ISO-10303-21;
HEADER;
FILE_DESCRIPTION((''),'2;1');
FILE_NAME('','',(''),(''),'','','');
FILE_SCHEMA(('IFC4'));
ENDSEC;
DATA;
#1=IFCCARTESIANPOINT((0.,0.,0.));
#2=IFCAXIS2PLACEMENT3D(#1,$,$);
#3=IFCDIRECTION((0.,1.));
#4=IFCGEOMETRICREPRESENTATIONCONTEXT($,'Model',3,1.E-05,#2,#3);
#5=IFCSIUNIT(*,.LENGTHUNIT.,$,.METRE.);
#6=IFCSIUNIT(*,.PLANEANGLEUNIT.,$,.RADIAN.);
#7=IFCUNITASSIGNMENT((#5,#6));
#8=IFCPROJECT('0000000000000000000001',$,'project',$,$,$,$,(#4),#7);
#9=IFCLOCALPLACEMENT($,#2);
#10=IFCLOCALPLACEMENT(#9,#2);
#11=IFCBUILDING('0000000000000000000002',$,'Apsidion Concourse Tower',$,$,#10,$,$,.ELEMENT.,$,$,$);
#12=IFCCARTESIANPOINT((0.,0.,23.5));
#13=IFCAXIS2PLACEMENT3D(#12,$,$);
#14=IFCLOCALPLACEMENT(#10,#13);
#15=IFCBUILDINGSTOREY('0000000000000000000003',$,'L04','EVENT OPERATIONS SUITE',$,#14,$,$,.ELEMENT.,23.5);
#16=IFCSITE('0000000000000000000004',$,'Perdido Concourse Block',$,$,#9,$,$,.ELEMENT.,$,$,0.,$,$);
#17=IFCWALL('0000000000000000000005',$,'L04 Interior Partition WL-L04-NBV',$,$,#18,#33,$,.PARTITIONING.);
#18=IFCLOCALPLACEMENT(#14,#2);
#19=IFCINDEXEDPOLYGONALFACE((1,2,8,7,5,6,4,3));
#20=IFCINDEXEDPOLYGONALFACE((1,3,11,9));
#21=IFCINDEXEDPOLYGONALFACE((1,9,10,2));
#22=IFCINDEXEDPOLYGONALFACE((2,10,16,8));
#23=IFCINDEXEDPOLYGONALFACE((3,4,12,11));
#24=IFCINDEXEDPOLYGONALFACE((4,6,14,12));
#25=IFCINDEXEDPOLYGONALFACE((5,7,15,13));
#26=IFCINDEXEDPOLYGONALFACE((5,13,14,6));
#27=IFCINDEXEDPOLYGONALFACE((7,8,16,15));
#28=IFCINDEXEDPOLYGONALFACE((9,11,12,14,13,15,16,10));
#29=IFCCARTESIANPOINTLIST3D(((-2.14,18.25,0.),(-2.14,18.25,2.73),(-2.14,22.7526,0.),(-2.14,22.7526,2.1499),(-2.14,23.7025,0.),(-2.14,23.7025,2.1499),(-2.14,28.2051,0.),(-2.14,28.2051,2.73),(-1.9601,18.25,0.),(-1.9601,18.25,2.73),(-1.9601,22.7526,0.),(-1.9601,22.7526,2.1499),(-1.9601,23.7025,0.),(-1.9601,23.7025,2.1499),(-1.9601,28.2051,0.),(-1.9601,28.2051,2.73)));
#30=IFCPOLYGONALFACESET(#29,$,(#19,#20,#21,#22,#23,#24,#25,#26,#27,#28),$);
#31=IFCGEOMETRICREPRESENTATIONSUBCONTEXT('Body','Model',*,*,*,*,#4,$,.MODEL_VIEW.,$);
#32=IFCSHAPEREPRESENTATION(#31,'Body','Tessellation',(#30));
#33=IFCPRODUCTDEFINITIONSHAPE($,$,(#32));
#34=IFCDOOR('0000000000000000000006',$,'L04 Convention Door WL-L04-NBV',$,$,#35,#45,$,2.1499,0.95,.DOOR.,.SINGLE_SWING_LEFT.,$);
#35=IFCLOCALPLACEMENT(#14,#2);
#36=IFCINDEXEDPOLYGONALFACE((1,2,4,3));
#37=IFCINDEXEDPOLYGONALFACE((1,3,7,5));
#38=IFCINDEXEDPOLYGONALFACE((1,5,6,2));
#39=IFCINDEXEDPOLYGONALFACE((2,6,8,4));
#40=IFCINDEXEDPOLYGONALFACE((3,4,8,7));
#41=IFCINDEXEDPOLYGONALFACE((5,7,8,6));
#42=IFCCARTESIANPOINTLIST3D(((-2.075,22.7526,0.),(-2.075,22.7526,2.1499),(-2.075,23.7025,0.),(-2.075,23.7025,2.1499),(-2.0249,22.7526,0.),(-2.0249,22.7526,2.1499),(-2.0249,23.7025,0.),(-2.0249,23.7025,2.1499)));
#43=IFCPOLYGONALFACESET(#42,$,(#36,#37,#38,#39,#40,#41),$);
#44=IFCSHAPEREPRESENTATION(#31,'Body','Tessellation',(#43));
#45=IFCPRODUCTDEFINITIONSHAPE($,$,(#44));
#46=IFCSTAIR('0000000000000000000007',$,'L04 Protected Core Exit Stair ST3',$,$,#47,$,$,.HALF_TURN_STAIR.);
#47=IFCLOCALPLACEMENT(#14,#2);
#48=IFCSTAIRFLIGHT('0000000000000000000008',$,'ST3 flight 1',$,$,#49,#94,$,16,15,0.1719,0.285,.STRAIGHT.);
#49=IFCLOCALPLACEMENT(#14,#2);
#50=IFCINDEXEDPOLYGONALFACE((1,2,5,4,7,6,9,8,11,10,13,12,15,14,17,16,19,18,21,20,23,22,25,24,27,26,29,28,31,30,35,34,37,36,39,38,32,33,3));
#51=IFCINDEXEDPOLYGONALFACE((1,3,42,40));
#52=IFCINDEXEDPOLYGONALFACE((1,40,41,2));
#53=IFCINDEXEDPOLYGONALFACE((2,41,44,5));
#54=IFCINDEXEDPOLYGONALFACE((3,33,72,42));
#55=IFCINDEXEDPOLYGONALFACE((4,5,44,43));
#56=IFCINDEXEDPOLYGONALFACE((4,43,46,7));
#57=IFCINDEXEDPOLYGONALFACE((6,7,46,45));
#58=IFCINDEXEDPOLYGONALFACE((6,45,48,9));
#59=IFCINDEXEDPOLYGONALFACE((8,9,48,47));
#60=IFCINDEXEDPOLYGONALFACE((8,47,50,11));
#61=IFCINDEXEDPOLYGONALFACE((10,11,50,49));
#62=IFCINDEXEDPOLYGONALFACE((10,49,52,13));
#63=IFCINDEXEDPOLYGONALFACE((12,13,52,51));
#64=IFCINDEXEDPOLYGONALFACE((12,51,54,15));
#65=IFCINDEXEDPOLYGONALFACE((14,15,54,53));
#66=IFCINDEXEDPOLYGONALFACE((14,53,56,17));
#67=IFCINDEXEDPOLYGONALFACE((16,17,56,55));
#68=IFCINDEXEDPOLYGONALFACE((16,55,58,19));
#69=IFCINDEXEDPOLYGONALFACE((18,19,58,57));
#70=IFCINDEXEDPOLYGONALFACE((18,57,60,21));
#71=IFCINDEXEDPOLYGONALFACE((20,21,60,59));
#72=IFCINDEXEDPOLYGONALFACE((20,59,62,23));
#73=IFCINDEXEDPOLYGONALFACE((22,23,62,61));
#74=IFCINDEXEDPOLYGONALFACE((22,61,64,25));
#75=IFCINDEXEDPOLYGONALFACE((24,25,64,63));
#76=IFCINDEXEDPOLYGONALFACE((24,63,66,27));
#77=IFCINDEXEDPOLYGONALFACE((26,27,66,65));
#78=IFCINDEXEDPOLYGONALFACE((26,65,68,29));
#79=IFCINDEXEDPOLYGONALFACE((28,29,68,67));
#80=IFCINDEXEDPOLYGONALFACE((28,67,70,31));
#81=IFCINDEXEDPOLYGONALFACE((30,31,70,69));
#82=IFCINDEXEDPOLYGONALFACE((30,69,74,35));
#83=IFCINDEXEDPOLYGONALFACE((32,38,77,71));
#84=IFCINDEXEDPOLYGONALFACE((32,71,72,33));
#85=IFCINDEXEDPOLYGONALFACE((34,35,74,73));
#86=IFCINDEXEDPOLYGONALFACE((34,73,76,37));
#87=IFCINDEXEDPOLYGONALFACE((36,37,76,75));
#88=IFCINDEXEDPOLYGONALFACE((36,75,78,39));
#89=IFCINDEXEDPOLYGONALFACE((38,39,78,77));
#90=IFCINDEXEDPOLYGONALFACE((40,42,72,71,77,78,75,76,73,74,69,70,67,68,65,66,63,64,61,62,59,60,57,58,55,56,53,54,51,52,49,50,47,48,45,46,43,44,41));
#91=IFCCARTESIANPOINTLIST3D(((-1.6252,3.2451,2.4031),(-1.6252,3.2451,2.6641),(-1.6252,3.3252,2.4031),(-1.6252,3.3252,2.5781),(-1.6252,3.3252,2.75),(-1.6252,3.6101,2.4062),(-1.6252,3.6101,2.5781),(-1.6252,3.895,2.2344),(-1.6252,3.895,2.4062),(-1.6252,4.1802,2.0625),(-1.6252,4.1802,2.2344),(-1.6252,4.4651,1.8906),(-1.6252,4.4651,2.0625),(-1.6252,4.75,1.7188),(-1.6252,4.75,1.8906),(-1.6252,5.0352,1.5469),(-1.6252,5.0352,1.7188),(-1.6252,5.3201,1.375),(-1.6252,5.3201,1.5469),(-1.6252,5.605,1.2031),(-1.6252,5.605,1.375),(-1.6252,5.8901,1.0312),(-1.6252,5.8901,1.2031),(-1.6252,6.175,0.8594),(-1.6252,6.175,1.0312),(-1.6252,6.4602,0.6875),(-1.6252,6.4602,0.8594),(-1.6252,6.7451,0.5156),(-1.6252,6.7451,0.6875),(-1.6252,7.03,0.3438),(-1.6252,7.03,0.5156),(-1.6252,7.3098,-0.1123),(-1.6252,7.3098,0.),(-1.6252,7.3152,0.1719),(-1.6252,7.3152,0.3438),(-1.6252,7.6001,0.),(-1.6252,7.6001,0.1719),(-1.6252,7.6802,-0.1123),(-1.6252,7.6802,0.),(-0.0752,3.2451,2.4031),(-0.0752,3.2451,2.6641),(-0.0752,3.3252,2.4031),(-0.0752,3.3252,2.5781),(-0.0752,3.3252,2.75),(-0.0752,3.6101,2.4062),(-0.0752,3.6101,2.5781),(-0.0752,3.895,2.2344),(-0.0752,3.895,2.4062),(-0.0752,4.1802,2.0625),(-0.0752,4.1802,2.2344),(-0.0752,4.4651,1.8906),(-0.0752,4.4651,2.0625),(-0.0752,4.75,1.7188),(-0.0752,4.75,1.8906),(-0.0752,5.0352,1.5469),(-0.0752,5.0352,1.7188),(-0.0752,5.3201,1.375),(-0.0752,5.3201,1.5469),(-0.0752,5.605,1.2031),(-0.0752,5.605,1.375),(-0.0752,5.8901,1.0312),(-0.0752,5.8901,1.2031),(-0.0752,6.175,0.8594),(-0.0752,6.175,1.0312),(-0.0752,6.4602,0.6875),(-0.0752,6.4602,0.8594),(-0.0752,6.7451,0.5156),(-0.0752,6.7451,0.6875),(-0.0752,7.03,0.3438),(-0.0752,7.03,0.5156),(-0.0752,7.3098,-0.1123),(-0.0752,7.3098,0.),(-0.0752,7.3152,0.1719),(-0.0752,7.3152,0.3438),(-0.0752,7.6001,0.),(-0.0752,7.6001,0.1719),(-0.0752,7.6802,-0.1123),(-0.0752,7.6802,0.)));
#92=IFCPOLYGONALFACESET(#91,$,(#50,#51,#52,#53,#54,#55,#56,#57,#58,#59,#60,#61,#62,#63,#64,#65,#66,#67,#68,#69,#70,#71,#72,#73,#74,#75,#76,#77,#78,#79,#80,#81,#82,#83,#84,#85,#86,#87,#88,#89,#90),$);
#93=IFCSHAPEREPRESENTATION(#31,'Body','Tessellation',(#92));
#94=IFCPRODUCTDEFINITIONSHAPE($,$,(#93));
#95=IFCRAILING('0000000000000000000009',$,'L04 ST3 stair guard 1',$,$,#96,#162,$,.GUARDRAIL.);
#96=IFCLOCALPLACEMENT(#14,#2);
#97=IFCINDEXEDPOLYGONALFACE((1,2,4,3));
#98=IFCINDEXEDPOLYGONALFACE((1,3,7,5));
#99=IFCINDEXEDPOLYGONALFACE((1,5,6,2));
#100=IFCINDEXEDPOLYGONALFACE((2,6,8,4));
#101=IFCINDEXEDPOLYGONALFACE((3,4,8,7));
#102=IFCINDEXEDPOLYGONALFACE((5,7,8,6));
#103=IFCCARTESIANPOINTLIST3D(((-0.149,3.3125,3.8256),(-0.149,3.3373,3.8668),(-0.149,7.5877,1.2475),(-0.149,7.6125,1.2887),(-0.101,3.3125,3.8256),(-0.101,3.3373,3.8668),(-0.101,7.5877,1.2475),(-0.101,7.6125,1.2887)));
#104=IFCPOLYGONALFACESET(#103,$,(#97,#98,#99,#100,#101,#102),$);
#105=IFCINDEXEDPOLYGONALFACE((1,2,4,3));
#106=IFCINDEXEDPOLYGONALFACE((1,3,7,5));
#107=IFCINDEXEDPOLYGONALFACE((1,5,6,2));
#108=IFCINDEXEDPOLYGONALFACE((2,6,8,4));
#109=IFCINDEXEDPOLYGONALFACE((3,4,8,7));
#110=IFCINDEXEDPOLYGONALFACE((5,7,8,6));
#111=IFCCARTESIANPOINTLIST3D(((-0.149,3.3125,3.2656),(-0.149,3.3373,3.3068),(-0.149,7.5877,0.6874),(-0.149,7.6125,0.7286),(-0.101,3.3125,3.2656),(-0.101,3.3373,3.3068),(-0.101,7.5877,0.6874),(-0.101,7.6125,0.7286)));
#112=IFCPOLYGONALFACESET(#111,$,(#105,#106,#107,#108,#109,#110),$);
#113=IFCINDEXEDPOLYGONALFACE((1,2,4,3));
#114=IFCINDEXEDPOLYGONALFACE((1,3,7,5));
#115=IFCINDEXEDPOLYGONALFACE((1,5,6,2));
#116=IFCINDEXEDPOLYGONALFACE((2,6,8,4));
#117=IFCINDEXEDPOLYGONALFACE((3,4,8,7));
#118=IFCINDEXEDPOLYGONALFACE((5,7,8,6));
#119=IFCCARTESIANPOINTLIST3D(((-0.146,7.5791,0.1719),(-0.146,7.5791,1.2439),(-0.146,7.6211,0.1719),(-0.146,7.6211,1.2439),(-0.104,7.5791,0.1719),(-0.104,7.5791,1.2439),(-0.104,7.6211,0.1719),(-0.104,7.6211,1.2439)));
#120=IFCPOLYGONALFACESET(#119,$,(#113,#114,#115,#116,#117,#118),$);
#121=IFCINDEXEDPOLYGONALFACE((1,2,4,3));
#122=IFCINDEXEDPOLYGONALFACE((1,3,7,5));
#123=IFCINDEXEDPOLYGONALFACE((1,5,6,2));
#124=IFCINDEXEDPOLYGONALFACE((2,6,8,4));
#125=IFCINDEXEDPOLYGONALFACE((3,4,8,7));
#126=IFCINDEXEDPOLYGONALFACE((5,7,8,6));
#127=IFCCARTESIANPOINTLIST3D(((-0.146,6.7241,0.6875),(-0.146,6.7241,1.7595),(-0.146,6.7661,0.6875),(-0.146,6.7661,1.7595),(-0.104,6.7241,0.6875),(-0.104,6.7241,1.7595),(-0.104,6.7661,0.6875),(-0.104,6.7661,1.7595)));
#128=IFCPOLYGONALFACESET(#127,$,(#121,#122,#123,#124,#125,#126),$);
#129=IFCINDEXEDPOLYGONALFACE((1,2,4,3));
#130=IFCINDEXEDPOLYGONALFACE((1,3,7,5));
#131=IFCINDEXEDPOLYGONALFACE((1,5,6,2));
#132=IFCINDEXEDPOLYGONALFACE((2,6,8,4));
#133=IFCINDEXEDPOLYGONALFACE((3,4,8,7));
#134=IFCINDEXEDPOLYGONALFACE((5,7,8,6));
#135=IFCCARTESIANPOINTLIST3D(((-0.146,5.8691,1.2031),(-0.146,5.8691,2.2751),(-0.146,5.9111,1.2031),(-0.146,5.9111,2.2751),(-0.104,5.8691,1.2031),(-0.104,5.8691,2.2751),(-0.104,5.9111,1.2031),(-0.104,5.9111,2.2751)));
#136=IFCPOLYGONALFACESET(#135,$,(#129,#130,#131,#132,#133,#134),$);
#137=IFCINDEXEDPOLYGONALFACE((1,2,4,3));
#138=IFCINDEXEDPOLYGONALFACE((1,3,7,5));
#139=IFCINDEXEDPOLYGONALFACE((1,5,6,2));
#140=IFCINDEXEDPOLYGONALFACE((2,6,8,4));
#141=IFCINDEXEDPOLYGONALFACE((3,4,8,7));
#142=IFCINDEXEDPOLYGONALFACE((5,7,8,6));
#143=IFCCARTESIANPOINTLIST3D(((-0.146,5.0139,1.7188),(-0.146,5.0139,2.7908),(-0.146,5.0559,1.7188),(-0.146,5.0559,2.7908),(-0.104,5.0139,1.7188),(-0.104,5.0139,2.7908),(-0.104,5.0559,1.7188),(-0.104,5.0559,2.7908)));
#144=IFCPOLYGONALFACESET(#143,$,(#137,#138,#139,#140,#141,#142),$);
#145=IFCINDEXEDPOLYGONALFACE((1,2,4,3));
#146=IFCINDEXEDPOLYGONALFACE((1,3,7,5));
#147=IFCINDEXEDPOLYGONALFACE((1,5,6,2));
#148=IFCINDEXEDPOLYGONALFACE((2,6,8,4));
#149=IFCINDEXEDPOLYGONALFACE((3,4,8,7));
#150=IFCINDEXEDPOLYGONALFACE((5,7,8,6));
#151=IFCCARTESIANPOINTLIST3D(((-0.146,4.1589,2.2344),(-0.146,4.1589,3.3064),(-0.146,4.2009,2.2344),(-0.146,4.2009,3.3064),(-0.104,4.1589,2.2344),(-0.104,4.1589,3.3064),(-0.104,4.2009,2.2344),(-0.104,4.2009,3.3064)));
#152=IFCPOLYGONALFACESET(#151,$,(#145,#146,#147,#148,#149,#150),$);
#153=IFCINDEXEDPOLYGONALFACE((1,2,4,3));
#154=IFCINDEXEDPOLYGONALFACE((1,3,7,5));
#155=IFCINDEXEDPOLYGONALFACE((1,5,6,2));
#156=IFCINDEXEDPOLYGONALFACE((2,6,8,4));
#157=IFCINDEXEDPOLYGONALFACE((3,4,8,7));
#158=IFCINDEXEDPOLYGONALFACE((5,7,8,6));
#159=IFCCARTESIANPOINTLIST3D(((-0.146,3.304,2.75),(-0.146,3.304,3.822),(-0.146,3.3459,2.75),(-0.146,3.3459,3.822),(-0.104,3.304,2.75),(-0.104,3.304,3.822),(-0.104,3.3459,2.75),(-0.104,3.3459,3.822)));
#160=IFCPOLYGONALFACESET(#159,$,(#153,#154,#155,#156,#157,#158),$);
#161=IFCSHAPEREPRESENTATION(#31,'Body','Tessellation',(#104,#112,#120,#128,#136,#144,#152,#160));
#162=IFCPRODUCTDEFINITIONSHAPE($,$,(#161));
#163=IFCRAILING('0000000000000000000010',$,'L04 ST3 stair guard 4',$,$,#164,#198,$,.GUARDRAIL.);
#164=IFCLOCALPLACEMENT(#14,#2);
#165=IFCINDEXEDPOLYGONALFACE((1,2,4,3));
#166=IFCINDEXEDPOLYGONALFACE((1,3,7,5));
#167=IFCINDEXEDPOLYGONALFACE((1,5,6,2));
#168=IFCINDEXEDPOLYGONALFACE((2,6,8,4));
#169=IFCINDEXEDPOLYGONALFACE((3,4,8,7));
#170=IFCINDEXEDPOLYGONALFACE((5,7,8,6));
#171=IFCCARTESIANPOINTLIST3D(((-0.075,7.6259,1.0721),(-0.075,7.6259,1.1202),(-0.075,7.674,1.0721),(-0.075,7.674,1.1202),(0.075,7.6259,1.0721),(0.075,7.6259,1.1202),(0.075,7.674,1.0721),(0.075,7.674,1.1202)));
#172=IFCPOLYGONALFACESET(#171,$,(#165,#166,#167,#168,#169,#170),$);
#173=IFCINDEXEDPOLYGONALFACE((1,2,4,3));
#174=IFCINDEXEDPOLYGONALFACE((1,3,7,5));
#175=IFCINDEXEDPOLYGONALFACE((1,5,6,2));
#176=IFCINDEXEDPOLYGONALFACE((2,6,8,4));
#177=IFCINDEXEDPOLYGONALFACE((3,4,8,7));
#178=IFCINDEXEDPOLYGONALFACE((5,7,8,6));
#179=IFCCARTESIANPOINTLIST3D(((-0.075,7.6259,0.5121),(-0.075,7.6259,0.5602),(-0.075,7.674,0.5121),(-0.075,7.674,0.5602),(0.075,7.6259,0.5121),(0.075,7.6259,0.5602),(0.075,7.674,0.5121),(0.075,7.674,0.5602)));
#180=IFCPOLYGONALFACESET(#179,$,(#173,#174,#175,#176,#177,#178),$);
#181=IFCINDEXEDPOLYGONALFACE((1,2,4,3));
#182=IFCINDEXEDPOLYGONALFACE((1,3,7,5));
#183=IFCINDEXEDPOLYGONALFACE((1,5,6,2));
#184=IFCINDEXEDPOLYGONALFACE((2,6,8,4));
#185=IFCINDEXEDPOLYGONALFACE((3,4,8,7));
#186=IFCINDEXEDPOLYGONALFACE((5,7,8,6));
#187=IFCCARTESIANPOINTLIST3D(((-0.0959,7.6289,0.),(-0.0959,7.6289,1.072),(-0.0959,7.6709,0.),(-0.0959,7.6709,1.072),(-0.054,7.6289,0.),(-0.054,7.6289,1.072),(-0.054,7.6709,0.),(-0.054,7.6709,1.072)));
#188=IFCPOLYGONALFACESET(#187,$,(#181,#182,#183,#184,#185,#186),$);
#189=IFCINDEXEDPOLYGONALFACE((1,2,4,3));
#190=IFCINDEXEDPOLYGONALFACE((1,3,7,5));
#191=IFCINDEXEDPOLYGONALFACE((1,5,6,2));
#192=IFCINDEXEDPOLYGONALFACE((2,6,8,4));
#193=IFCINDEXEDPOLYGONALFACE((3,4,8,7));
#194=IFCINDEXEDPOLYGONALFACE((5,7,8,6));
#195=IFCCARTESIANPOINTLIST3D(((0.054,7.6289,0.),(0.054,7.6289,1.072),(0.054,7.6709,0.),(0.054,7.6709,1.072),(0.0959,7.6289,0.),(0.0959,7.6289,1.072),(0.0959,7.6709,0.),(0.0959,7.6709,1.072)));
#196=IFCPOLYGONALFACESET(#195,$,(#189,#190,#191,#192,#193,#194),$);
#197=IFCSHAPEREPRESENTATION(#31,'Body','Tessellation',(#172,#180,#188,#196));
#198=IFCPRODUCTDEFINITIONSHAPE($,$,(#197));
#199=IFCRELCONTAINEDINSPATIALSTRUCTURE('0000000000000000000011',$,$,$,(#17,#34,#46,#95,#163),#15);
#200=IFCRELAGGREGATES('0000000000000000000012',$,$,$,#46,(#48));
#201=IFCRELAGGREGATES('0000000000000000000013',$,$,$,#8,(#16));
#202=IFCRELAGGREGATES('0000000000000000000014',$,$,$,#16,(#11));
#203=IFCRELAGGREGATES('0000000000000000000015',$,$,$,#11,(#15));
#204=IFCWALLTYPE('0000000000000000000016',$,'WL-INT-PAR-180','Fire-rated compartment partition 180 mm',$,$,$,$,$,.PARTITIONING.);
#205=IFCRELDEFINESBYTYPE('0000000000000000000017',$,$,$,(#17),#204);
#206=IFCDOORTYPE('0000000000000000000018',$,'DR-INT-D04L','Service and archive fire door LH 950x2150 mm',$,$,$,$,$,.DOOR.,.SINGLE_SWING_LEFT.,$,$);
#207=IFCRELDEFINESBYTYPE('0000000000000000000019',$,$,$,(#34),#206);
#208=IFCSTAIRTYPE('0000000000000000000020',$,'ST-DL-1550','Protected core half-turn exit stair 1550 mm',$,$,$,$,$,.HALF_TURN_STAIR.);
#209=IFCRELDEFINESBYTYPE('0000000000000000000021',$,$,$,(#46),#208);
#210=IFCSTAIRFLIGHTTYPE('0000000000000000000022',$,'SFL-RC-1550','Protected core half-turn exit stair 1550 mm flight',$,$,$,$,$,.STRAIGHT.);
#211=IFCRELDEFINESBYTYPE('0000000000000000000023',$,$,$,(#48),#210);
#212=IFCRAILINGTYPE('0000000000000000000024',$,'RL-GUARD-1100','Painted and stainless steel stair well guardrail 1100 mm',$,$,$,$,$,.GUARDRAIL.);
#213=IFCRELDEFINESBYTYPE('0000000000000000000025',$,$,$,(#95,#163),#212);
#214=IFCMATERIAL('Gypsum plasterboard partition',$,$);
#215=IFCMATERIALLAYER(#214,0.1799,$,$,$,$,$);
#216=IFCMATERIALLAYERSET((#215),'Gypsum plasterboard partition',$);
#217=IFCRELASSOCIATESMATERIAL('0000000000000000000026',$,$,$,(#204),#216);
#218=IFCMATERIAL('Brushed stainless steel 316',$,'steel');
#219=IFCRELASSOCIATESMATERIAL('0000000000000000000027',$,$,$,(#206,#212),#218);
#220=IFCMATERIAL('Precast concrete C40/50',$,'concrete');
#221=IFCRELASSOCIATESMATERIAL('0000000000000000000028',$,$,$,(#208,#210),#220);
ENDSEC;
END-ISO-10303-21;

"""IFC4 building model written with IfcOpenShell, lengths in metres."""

from ifc_helpers import new_model, si_unit, direction, frame, frame_2d, origin, origin_2d, place, context, subcontext, project, spatial, polyline, rectangle, outline, extrude, material, layer, layer_set, type_object, element, fill, aggregate, save


model = new_model("IFC4")

# Units and contexts
model_context = context("Model", 3, precision=1e-05, world=origin(), true_north=direction((0.0, 1.0)))
body_context = subcontext(model_context, "Body", "Model", "MODEL_VIEW")
ifc_project = project(units=[si_unit("LENGTHUNIT", "METRE"), si_unit("PLANEANGLEUNIT", "RADIAN")], contexts=[model_context])

# Site, building, storey
site_placement = place(None, origin())
site = spatial("IfcSite", under=ifc_project, at=site_placement, Name="Perdido Concourse Block", CompositionType="ELEMENT", RefElevation=0.0)
building_placement = place(site_placement, origin())
building = spatial("IfcBuilding", under=site, at=building_placement, Name="Apsidion Concourse Tower", CompositionType="ELEMENT")
storey_placement = place(building_placement, frame((0.0, 0.0, 23.5)))
storey = spatial("IfcBuildingStorey", under=building, at=storey_placement, Name="L04", Description="EVENT OPERATIONS SUITE", CompositionType="ELEMENT", Elevation=23.5)

# Wall, opening, door
ifc_material_1 = material(Name="Gypsum plasterboard partition")
ifc_layer_1 = layer(ifc_material_1, 0.1799)
ifc_layer_set_1 = layer_set([ifc_layer_1], Name="Gypsum plasterboard partition")
wall_type_1 = type_object("IfcWallType", Name="WL-INT-PAR-180", Description="Fire-rated compartment partition 180 mm", PredefinedType="PARTITIONING", material=ifc_layer_set_1)
wall_1_placement = place(storey_placement, frame((-2.05, 18.25, 0.0), z_axis=(0.0, 0.0, 1.0), x_axis=(0.0, 1.0, 0.0)))
wall_1 = element("IfcWall", 1, at=wall_1_placement, inside=storey, type_object=wall_type_1, Name="L04 Interior Partition WL-L04-NBV", PredefinedType="PARTITIONING", context=body_context, shape_type="SweptSolid", body=[
    extrude(rectangle(XDim=9.9551, YDim=0.1799, at=frame_2d((4.9775, 0.0))), origin(), (0.0, 0.0, 1.0), 2.73),
])
opening_1_placement = place(wall_1_placement, frame((4.5024, 0.0, 0.0)))
opening_1 = element("IfcOpeningElement", 2, at=opening_1_placement, cuts=wall_1, PredefinedType="OPENING", context=body_context, shape_type="SweptSolid", body=[
    extrude(rectangle(XDim=0.95, YDim=2.1499, at=frame_2d((0.4751, 1.075))), frame((0.0, 0.1001, 0.0), z_axis=(0.0, -1.0, 0.0), x_axis=(1.0, 0.0, 0.0)), (0.0, 0.0, 1.0), 0.2),
])
ifc_material_2 = material(Name="Brushed stainless steel 316", Category="steel")
door_type_1 = type_object("IfcDoorType", Name="DR-INT-D04L", Description="Service and archive fire door LH 950x2150 mm", OperationType="SINGLE_SWING_LEFT", PredefinedType="DOOR", material=ifc_material_2)
door_1_placement = place(opening_1_placement, origin())
door_1 = element("IfcDoor", 3, at=door_1_placement, inside=storey, type_object=door_type_1, Name="L04 Convention Door WL-L04-NBV", OperationType="SINGLE_SWING_LEFT", OverallHeight=2.1499, OverallWidth=0.95, PredefinedType="DOOR", context=body_context, shape_type="SweptSolid", body=[
    extrude(rectangle(XDim=0.95, YDim=2.1499, at=frame_2d((0.4751, 1.075))), frame((0.0, 0.0249, 0.0), z_axis=(0.0, -1.0, 0.0), x_axis=(1.0, 0.0, 0.0)), (0.0, 0.0, 1.0), 0.05),
])
fill(opening_1, door_1)

# Stair, stair flight
ifc_material_3 = material(Name="Precast concrete C40/50", Category="concrete")
stair_type = type_object("IfcStairType", Name="ST-DL-1550", Description="Protected core half-turn exit stair 1550 mm", PredefinedType="HALF_TURN_STAIR", material=ifc_material_3)
stair_placement = place(storey_placement, origin())
stair = element("IfcStair", 4, at=stair_placement, inside=storey, type_object=stair_type, Name="L04 Protected Core Exit Stair ST3", PredefinedType="HALF_TURN_STAIR")
stair_flight_type = type_object("IfcStairFlightType", Name="SFL-RC-1550", Description="Protected core half-turn exit stair 1550 mm flight", PredefinedType="STRAIGHT", material=ifc_material_3)
stair_flight_placement = place(storey_placement, frame((-0.8501, 7.6001, 0.0), z_axis=(0.0, 0.0, 1.0), x_axis=(0.0, -1.0, 0.0)))
stair_flight = element("IfcStairFlight", 5, at=stair_flight_placement, type_object=stair_flight_type, Name="ST3 flight 1", NumberOfRisers=16, NumberOfTreads=15, PredefinedType="STRAIGHT", RiserHeight=0.1719, TreadLength=0.285, context=body_context, shape_type="SweptSolid", body=[
    extrude(outline(polyline([(-0.0801, -0.1123), (-0.0801, 0.0), (0.0, 0.0), (0.0, 0.1719), (0.2849, 0.1719), (0.2849, 0.3438), (0.5701, 0.3438), (0.5701, 0.5156), (0.855, 0.5156), (0.855, 0.6875), (1.1399, 0.6875), (1.1399, 0.8594), (1.425, 0.8594), (1.425, 1.0312), (1.71, 1.0312), (1.71, 1.2031), (1.9951, 1.2031), (1.9951, 1.375), (2.28, 1.375), (2.28, 1.5469), (2.5649, 1.5469), (2.5649, 1.7188), (2.8501, 1.7188), (2.8501, 1.8906), (3.135, 1.8906), (3.135, 2.0625), (3.4199, 2.0625), (3.4199, 2.2344), (3.7051, 2.2344), (3.7051, 2.4062), (3.99, 2.4062), (3.99, 2.5781), (4.2749, 2.5781), (4.2749, 2.75), (4.355, 2.6641), (4.355, 2.4031), (4.2749, 2.4031), (0.2903, 0.0), (0.2903, -0.1123), (-0.0801, -0.1123)])), frame((0.0, 0.7749, 0.0), z_axis=(0.0, -1.0, 0.0), x_axis=(1.0, 0.0, 0.0)), (0.0, 0.0, 1.0), 1.55),
])
aggregate(stair, [stair_flight])

# Railings
railing_type_1 = type_object("IfcRailingType", Name="RL-GUARD-1100", Description="Painted and stainless steel stair well guardrail 1100 mm", PredefinedType="GUARDRAIL", material=ifc_material_2)
railing_1_placement = place(storey_placement, frame((-0.125, 7.6001, 0.1719)))
element("IfcRailing", 6, at=railing_1_placement, inside=storey, type_object=railing_type_1, Name="L04 ST3 stair guard 1", PredefinedType="GUARDRAIL", context=body_context, shape_type="SweptSolid", body=[
    extrude(rectangle(XDim=0.0481, YDim=0.0481, at=origin_2d()), frame((0.0, 0.0, 1.0962), z_axis=(0.0, -0.856339, 0.516415), x_axis=(1.0, 0.0, 0.0)), (0.0, 0.0, 1.0), 4.9924),
    extrude(rectangle(XDim=0.0481, YDim=0.0481, at=origin_2d()), frame((0.0, 0.0, 0.5361), z_axis=(0.0, -0.856339, 0.516415), x_axis=(1.0, 0.0, 0.0)), (0.0, 0.0, 1.0), 4.9924),
    extrude(rectangle(XDim=0.042, YDim=0.042, at=origin_2d()), origin(), (0.0, 0.0, 1.0), 1.072),
    extrude(rectangle(XDim=0.042, YDim=0.042, at=origin_2d()), frame((0.0, -0.855, 0.5156)), (0.0, 0.0, 1.0), 1.072),
    extrude(rectangle(XDim=0.042, YDim=0.042, at=origin_2d()), frame((0.0, -1.71, 1.0312)), (0.0, 0.0, 1.0), 1.072),
    extrude(rectangle(XDim=0.042, YDim=0.042, at=origin_2d()), frame((0.0, -2.5652, 1.5469)), (0.0, 0.0, 1.0), 1.072),
    extrude(rectangle(XDim=0.042, YDim=0.042, at=origin_2d()), frame((0.0, -3.4202, 2.0625)), (0.0, 0.0, 1.0), 1.072),
    extrude(rectangle(XDim=0.042, YDim=0.042, at=origin_2d()), frame((0.0, -4.2751, 2.5781)), (0.0, 0.0, 1.0), 1.072),
])
railing_2_placement = place(storey_placement, frame((-0.075, 7.6499, 0.0)))
element("IfcRailing", 7, at=railing_2_placement, inside=storey, type_object=railing_type_1, Name="L04 ST3 stair guard 4", PredefinedType="GUARDRAIL", context=body_context, shape_type="SweptSolid", body=[
    extrude(rectangle(XDim=0.0481, YDim=0.0481, at=origin_2d()), frame((0.0, 0.0, 1.0962), z_axis=(1.0, 0.0, 0.0), x_axis=(0.0, 1.0, 0.0)), (0.0, 0.0, 1.0), 0.1499),
    extrude(rectangle(XDim=0.0481, YDim=0.0481, at=origin_2d()), frame((0.0, 0.0, 0.5361), z_axis=(1.0, 0.0, 0.0), x_axis=(0.0, 1.0, 0.0)), (0.0, 0.0, 1.0), 0.1499),
    extrude(rectangle(XDim=0.042, YDim=0.042, at=origin_2d()), origin(), (0.0, 0.0, 1.0), 1.072),
    extrude(rectangle(XDim=0.042, YDim=0.042, at=origin_2d()), frame((0.1499, 0.0, 0.0)), (0.0, 0.0, 1.0), 1.072),
])

save(model, "model.ifc")
